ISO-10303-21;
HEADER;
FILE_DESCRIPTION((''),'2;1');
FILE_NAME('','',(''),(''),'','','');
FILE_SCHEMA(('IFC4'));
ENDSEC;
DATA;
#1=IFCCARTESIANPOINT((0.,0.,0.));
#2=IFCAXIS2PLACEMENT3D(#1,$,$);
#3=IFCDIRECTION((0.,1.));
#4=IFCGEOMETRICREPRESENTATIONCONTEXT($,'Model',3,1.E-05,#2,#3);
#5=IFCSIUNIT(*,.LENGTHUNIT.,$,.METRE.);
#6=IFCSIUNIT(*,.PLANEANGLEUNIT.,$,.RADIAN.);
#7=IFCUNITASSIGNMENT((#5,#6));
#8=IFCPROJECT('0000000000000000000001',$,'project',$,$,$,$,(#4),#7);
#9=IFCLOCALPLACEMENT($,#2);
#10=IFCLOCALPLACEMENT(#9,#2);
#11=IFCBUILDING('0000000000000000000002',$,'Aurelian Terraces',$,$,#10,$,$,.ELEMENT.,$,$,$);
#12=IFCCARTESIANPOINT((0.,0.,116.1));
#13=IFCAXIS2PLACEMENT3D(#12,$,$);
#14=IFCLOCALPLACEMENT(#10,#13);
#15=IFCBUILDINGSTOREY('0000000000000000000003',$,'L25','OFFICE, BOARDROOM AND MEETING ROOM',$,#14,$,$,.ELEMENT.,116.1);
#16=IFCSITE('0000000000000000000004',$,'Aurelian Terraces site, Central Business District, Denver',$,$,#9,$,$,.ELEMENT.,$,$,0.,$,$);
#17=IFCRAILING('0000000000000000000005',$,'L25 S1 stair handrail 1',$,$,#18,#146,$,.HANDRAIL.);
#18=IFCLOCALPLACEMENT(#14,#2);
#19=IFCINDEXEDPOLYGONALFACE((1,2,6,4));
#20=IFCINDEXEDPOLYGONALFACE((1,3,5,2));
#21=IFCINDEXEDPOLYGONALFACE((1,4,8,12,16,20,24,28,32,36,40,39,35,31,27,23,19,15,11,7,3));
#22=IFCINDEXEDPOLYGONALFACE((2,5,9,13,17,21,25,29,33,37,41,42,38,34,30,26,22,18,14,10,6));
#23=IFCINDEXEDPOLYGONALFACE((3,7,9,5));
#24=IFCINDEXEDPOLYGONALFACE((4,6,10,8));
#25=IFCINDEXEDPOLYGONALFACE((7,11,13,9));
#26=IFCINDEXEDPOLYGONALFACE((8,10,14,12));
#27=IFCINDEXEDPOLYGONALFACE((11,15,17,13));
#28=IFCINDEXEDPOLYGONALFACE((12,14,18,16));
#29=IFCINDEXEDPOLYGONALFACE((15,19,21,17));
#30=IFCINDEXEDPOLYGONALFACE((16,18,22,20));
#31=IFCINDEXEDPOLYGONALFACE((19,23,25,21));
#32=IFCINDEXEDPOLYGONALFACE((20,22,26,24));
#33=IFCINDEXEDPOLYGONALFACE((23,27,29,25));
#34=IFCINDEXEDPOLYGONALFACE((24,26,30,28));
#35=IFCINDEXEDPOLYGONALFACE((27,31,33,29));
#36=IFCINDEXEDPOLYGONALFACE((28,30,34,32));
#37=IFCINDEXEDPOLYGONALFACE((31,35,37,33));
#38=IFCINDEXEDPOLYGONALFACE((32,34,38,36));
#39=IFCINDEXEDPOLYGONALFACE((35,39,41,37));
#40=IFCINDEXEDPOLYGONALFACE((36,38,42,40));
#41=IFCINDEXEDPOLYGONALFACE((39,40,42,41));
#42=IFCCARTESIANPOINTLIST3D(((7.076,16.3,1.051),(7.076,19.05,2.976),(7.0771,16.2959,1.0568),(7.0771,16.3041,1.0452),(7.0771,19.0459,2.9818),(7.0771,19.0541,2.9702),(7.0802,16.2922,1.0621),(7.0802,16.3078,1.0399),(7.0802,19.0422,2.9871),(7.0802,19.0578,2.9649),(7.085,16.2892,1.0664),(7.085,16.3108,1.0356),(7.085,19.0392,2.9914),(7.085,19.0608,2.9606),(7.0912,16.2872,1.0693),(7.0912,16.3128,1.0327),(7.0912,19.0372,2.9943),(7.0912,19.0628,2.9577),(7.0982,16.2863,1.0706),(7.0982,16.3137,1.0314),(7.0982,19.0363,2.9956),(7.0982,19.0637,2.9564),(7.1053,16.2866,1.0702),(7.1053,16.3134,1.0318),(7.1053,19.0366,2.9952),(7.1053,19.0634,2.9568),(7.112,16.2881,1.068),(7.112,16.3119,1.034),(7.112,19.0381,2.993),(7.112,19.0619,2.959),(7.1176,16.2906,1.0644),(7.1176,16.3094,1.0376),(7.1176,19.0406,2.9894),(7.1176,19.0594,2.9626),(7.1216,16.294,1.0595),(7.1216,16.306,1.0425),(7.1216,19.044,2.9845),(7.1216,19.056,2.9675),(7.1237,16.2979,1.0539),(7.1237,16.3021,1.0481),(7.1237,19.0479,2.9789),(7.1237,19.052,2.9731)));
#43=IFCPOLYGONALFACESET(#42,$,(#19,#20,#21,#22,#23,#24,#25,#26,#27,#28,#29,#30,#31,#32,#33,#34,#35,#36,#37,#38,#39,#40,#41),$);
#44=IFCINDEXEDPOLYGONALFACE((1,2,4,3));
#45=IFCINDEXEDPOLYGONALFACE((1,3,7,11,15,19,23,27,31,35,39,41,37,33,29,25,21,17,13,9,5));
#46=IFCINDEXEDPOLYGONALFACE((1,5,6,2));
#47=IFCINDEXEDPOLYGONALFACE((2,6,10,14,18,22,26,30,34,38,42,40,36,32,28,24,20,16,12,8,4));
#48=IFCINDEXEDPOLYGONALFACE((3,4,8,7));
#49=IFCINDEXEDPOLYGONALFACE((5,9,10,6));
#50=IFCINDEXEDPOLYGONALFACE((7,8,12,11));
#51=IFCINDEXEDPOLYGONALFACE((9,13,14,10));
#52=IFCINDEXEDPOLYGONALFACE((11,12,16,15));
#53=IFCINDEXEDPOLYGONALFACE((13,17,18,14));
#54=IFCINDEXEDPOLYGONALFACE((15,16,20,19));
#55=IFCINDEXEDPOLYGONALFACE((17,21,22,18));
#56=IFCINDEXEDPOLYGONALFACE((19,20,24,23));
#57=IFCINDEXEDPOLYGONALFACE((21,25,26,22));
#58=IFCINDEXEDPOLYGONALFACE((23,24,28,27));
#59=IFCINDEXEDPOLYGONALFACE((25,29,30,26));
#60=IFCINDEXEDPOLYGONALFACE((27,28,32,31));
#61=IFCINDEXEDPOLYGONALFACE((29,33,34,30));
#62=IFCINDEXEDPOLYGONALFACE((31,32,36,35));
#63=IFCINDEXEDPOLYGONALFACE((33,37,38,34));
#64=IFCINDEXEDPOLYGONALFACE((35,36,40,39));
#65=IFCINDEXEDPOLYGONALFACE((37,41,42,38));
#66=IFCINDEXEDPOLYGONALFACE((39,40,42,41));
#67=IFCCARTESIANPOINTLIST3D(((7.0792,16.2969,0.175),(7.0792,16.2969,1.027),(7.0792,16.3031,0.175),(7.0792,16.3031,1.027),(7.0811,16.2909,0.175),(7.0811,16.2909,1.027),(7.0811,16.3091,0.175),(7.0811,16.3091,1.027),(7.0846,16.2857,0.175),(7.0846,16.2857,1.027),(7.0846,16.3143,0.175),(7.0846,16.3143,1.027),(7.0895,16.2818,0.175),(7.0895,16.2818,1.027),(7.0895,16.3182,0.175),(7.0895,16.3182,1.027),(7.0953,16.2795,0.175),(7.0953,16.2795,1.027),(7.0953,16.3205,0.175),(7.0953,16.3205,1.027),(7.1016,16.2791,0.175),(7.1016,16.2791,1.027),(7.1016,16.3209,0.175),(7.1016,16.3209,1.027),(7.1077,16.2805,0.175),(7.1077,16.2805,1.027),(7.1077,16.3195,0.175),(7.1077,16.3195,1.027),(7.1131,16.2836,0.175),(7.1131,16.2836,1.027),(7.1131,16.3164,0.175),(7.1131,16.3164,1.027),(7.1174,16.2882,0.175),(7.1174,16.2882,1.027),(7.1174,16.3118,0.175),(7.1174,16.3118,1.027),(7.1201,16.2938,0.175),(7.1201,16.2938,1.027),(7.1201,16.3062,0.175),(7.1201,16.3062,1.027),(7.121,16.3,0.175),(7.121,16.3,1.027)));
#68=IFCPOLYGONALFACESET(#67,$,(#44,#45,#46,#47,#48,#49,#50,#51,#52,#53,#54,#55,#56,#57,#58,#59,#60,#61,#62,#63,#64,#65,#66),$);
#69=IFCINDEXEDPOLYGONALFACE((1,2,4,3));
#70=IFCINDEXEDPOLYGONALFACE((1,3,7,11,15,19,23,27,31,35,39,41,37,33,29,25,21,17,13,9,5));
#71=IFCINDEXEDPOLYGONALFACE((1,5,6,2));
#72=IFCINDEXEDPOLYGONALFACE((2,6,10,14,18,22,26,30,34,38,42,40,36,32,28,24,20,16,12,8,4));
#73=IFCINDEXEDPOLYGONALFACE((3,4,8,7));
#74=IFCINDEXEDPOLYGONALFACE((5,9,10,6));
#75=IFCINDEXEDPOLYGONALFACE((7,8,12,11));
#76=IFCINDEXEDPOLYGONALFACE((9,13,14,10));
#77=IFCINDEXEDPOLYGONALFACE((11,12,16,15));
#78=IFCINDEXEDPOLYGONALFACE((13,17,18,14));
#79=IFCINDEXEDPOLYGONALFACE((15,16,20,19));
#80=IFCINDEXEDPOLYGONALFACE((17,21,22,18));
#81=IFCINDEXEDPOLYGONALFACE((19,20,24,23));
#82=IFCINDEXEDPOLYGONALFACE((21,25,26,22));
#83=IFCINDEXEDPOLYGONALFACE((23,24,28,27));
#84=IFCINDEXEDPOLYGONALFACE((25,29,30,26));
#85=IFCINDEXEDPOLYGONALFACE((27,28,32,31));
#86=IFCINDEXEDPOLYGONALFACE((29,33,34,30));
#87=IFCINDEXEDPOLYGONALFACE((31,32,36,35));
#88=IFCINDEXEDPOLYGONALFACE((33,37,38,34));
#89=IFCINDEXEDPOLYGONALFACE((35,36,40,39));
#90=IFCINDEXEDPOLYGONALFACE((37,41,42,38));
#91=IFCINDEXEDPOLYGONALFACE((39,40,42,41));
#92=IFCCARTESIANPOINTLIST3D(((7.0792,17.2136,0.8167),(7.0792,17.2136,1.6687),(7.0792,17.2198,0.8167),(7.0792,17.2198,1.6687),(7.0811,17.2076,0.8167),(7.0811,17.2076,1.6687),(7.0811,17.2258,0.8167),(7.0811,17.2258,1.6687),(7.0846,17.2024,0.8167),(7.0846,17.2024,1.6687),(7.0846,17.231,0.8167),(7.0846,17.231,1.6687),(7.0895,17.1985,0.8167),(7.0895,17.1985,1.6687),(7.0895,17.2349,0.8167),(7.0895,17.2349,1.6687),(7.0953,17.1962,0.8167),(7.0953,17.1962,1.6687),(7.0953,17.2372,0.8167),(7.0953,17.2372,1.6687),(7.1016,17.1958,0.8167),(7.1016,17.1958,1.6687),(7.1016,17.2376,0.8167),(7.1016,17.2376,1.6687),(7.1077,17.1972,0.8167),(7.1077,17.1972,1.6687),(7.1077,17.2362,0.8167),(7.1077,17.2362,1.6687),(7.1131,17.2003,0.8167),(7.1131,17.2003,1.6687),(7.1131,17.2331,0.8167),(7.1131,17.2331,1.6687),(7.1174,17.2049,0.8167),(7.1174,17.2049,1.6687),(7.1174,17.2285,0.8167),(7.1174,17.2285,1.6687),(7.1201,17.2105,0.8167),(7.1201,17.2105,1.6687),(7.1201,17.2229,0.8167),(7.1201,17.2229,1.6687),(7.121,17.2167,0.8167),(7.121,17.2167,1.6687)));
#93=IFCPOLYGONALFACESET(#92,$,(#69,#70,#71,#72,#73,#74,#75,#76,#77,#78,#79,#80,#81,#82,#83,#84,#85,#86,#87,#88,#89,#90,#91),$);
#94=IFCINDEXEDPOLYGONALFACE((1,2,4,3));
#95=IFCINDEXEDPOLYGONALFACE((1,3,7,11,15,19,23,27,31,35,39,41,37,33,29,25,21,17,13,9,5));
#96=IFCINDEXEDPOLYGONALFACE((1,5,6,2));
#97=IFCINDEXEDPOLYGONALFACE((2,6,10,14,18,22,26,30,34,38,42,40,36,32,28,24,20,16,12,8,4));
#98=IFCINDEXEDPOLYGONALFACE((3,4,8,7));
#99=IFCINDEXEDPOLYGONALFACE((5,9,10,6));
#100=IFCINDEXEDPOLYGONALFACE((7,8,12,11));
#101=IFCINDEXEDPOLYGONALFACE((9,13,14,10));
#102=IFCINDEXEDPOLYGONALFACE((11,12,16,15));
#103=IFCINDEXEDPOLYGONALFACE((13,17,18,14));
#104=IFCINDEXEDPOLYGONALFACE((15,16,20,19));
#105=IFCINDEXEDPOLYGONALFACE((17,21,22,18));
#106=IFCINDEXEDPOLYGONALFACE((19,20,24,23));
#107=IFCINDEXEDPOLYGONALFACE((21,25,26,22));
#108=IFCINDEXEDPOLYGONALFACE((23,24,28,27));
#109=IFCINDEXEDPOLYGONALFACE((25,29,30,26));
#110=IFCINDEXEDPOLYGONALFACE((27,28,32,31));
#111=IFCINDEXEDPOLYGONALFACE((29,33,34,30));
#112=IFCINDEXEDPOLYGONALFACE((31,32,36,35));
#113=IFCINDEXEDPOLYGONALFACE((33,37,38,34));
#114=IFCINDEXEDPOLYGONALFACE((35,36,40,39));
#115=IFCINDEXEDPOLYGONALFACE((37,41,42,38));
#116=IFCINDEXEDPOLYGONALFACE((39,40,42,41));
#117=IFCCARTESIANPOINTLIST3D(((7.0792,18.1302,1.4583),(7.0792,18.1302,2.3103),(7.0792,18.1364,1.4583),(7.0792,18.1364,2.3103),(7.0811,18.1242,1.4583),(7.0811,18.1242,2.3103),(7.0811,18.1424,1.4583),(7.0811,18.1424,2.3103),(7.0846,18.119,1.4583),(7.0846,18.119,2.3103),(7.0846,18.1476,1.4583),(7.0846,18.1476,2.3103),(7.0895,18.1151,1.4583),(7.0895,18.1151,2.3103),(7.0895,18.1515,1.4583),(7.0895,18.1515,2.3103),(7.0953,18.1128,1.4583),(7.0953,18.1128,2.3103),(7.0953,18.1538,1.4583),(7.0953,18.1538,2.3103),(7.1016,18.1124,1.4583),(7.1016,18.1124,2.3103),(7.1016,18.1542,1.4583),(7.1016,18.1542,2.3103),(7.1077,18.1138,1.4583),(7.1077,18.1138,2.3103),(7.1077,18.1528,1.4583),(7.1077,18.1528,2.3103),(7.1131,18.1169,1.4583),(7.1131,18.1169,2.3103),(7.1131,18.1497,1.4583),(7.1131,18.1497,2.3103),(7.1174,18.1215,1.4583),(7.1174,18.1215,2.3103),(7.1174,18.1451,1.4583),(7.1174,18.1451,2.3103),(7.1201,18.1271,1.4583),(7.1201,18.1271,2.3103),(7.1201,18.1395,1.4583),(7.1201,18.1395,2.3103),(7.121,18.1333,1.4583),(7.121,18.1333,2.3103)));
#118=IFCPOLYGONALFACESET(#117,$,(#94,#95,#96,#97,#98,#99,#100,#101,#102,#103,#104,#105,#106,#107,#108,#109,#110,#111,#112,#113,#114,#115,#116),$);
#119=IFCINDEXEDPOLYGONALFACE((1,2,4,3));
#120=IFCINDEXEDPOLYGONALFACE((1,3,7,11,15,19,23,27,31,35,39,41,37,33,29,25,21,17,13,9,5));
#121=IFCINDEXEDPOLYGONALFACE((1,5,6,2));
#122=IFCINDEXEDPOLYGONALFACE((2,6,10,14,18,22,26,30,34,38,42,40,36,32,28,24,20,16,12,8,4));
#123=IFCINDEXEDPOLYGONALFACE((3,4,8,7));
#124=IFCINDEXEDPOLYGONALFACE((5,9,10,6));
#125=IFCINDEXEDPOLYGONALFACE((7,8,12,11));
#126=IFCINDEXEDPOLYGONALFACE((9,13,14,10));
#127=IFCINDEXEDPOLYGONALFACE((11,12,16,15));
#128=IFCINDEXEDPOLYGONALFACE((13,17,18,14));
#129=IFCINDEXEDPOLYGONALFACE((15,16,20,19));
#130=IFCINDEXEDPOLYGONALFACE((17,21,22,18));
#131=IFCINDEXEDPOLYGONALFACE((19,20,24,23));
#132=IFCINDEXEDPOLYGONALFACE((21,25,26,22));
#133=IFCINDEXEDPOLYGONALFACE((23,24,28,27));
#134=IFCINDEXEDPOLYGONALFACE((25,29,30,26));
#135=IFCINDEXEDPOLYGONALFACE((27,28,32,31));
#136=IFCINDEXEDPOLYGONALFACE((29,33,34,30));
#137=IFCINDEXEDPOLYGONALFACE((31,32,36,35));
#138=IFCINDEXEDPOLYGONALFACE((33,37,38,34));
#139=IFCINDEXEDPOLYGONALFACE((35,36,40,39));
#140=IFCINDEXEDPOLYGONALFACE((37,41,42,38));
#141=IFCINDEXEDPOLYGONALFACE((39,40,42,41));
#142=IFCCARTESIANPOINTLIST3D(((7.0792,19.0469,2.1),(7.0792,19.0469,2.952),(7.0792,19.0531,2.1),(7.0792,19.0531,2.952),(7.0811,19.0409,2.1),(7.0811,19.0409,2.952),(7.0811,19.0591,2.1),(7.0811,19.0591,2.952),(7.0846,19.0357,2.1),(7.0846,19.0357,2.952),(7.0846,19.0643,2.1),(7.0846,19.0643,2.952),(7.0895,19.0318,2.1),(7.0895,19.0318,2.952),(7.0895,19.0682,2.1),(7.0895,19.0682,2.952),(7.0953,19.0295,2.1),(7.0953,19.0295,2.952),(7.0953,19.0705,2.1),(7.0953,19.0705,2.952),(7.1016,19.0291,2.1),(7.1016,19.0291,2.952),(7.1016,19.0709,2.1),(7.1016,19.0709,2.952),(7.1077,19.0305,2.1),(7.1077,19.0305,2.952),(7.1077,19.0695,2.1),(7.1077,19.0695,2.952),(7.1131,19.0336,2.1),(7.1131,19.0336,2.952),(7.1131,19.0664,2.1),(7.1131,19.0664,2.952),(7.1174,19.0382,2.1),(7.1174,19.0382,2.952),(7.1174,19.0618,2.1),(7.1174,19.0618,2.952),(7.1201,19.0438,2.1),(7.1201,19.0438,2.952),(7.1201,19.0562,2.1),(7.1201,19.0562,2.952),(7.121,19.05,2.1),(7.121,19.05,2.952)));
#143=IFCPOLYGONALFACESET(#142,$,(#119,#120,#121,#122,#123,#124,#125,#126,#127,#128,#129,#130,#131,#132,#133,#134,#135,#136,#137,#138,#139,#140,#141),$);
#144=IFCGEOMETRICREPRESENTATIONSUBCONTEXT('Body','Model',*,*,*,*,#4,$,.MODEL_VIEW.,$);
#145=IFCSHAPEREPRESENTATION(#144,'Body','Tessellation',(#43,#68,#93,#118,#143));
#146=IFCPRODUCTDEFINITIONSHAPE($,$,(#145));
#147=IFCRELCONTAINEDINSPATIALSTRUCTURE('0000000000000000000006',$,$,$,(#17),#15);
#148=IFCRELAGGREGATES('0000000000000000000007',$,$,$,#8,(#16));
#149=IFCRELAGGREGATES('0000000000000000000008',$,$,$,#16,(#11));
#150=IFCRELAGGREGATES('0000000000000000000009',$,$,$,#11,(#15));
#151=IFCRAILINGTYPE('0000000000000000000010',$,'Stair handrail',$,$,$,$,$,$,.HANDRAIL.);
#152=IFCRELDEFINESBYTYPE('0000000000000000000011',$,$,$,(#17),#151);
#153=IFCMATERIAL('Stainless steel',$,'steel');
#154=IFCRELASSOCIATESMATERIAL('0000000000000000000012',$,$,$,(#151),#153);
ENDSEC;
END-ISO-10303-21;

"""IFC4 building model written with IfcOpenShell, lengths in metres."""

from ifc_helpers import new_model, si_unit, direction, frame, origin, origin_2d, place, context, subcontext, project, spatial, circle, extrude, source, transform, mapped, material, type_object, element, save


model = new_model("IFC4")

# Units and contexts
model_context = context("Model", 3, precision=1e-05, world=origin(), true_north=direction((0.0, 1.0)))
body_context = subcontext(model_context, "Body", "Model", "MODEL_VIEW")
ifc_project = project(units=[si_unit("LENGTHUNIT", "METRE"), si_unit("PLANEANGLEUNIT", "RADIAN")], contexts=[model_context])

# Site, building, storey
site_placement = place(None, origin())
site = spatial("IfcSite", under=ifc_project, at=site_placement, Name="Aurelian Terraces site, Central Business District, Denver", CompositionType="ELEMENT", RefElevation=0.0)
building_placement = place(site_placement, origin())
building = spatial("IfcBuilding", under=site, at=building_placement, Name="Aurelian Terraces", CompositionType="ELEMENT")
storey_placement = place(building_placement, frame((0.0, 0.0, 116.1)))
storey = spatial("IfcBuildingStorey", under=building, at=storey_placement, Name="L25", Description="OFFICE, BOARDROOM AND MEETING ROOM", CompositionType="ELEMENT", Elevation=116.1)

# Railing
ifc_material_1 = material(Name="Stainless steel", Category="steel")
railing_type_1 = type_object("IfcRailingType", Name="Stair handrail", PredefinedType="HANDRAIL", material=ifc_material_1)
shared_shape_1 = source(origin(), body_context, "Body", "SweptSolid", [
    extrude(circle(Radius=0.024, at=origin_2d()), frame((0.0, 0.0, 0.876), z_axis=(0.0, 0.819232, 0.573462), x_axis=(-1.0, 0.0, 0.0)), (0.0, 0.0, 1.0), 3.3568),
    extrude(circle(Radius=0.021, at=origin_2d()), origin(), (0.0, 0.0, 1.0), 0.852),
    extrude(circle(Radius=0.021, at=origin_2d()), frame((0.0, 0.9167, 0.6417)), (0.0, 0.0, 1.0), 0.852),
    extrude(circle(Radius=0.021, at=origin_2d()), frame((0.0, 1.8333, 1.2833)), (0.0, 0.0, 1.0), 0.852),
    extrude(circle(Radius=0.021, at=origin_2d()), frame((0.0, 2.75, 1.925)), (0.0, 0.0, 1.0), 0.852),
])
railing_1_placement = place(storey_placement, frame((7.1, 16.3, 0.175)))
element("IfcRailing", 1, at=railing_1_placement, inside=storey, type_object=railing_type_1, Name="L25 S1 stair handrail 1", PredefinedType="HANDRAIL", context=body_context, shape_type="MappedRepresentation", body=[
    mapped(shared_shape_1, transform((0.0, 0.0, 0.0), scale=1.0)),
])

save(model, "model.ifc")
